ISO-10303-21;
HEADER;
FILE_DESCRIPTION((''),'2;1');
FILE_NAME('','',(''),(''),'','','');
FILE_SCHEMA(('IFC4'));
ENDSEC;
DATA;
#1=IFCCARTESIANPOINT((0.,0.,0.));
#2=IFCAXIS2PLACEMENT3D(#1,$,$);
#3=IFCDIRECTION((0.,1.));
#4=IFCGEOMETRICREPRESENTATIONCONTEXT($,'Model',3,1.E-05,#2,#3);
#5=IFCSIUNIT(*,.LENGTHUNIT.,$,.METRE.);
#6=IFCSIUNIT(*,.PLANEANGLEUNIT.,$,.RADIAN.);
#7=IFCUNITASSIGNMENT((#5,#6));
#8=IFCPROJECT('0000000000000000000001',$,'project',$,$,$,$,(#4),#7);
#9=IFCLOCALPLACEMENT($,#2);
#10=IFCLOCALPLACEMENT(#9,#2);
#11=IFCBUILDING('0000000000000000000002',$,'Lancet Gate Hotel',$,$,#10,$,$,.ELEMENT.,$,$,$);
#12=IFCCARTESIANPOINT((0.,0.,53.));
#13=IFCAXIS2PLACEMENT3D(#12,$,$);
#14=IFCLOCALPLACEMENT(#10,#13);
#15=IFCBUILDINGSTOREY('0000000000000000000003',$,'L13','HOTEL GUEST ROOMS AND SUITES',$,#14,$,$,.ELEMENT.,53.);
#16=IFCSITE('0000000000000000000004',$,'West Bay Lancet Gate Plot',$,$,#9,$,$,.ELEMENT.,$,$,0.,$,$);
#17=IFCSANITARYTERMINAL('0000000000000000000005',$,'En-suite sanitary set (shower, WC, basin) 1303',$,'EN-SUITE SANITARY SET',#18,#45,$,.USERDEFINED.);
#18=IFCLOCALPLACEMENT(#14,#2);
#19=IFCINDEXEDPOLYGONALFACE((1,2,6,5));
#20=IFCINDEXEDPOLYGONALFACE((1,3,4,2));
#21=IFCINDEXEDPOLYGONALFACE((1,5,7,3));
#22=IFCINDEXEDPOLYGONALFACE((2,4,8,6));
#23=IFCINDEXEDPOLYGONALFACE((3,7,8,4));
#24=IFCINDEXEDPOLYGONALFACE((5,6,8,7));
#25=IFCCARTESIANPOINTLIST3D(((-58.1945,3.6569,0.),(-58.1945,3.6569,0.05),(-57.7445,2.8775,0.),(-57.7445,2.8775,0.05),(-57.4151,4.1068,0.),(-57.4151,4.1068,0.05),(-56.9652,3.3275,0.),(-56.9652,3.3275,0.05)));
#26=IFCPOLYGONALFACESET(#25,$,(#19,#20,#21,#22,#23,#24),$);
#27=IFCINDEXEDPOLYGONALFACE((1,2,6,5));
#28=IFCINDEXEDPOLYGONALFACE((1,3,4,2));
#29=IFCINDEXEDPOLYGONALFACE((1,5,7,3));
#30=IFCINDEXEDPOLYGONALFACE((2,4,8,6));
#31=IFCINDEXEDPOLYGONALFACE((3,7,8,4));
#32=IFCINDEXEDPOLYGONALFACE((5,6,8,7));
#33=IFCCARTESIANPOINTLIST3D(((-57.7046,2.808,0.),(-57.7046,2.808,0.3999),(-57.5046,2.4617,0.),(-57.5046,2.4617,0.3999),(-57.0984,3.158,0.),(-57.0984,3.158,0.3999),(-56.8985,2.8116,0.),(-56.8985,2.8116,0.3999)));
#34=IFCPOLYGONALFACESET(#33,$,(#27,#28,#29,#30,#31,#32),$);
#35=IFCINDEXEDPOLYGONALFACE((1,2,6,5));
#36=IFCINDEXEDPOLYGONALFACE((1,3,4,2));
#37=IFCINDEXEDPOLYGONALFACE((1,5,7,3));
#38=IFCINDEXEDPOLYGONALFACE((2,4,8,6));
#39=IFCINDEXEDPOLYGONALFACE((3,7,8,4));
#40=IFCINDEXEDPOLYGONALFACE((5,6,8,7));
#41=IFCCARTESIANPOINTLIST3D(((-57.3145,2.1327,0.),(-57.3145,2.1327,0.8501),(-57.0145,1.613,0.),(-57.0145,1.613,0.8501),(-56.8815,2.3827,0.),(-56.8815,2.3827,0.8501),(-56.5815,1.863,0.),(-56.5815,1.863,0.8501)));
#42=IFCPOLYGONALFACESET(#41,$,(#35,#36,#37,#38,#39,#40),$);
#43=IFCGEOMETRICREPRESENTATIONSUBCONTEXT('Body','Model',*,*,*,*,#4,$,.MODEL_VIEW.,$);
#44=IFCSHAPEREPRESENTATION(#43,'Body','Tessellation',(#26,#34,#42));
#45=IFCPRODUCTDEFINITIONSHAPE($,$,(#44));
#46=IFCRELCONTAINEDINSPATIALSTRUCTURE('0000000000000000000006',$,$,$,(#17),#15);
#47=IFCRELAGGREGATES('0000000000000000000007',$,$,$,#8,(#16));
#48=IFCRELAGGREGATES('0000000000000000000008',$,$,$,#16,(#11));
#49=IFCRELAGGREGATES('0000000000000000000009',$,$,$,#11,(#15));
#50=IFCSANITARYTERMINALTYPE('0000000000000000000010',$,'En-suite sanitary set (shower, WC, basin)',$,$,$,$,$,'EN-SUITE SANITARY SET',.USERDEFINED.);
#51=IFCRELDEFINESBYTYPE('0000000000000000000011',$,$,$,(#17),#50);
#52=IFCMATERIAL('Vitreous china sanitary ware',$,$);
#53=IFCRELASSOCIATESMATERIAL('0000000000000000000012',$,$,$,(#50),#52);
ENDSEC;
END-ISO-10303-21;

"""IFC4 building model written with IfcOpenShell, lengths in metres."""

from ifc_helpers import new_model, si_unit, direction, frame, origin, origin_2d, place, context, subcontext, project, spatial, rectangle, extrude, material, type_object, element, save


model = new_model("IFC4")

# Units and contexts
model_context = context("Model", 3, precision=1e-05, world=origin(), true_north=direction((0.0, 1.0)))
body_context = subcontext(model_context, "Body", "Model", "MODEL_VIEW")
ifc_project = project(units=[si_unit("LENGTHUNIT", "METRE"), si_unit("PLANEANGLEUNIT", "RADIAN")], contexts=[model_context])

# Site, building, storey
site_placement = place(None, origin())
site = spatial("IfcSite", under=ifc_project, at=site_placement, Name="West Bay Lancet Gate Plot", CompositionType="ELEMENT", RefElevation=0.0)
building_placement = place(site_placement, origin())
building = spatial("IfcBuilding", under=site, at=building_placement, Name="Lancet Gate Hotel", CompositionType="ELEMENT")
storey_placement = place(building_placement, frame((0.0, 0.0, 53.0)))
storey = spatial("IfcBuildingStorey", under=building, at=storey_placement, Name="L13", Description="HOTEL GUEST ROOMS AND SUITES", CompositionType="ELEMENT", Elevation=53.0)

# Sanitary terminal
ifc_material_1 = material(Name="Vitreous china sanitary ware")
sanitary_terminal_type = type_object("IfcSanitaryTerminalType", Name="En-suite sanitary set (shower, WC, basin)", ElementType="EN-SUITE SANITARY SET", PredefinedType="USERDEFINED", material=ifc_material_1)
sanitary_terminal_placement = place(storey_placement, frame((-57.5798, 3.4922, 0.0), z_axis=(0.0, 0.0, 1.0), x_axis=(1.0, 0.0, 0.0)))
element("IfcSanitaryTerminal", 1, at=sanitary_terminal_placement, inside=storey, type_object=sanitary_terminal_type, Name="En-suite sanitary set (shower, WC, basin) 1303", ObjectType="EN-SUITE SANITARY SET", PredefinedType="USERDEFINED", context=body_context, shape_type="SweptSolid", body=[
    extrude(rectangle(XDim=0.8999, YDim=0.8999, at=origin_2d()), frame((0.0, 0.0, 0.0), z_axis=(0.0, 0.0, 1.0), x_axis=(-0.5, 0.866025, 0.0)), (0.0, 0.0, 1.0), 0.05),
    extrude(rectangle(XDim=0.3999, YDim=0.7, at=origin_2d()), frame((0.2783, -0.6824, 0.0), z_axis=(0.0, 0.0, 1.0), x_axis=(-0.5, 0.866025, 0.0)), (0.0, 0.0, 1.0), 0.3999),
    extrude(rectangle(XDim=0.6001, YDim=0.5, at=origin_2d()), frame((0.6318, -1.4944, 0.0), z_axis=(0.0, 0.0, 1.0), x_axis=(-0.5, 0.866025, 0.0)), (0.0, 0.0, 1.0), 0.8501),
])

save(model, "model.ifc")
